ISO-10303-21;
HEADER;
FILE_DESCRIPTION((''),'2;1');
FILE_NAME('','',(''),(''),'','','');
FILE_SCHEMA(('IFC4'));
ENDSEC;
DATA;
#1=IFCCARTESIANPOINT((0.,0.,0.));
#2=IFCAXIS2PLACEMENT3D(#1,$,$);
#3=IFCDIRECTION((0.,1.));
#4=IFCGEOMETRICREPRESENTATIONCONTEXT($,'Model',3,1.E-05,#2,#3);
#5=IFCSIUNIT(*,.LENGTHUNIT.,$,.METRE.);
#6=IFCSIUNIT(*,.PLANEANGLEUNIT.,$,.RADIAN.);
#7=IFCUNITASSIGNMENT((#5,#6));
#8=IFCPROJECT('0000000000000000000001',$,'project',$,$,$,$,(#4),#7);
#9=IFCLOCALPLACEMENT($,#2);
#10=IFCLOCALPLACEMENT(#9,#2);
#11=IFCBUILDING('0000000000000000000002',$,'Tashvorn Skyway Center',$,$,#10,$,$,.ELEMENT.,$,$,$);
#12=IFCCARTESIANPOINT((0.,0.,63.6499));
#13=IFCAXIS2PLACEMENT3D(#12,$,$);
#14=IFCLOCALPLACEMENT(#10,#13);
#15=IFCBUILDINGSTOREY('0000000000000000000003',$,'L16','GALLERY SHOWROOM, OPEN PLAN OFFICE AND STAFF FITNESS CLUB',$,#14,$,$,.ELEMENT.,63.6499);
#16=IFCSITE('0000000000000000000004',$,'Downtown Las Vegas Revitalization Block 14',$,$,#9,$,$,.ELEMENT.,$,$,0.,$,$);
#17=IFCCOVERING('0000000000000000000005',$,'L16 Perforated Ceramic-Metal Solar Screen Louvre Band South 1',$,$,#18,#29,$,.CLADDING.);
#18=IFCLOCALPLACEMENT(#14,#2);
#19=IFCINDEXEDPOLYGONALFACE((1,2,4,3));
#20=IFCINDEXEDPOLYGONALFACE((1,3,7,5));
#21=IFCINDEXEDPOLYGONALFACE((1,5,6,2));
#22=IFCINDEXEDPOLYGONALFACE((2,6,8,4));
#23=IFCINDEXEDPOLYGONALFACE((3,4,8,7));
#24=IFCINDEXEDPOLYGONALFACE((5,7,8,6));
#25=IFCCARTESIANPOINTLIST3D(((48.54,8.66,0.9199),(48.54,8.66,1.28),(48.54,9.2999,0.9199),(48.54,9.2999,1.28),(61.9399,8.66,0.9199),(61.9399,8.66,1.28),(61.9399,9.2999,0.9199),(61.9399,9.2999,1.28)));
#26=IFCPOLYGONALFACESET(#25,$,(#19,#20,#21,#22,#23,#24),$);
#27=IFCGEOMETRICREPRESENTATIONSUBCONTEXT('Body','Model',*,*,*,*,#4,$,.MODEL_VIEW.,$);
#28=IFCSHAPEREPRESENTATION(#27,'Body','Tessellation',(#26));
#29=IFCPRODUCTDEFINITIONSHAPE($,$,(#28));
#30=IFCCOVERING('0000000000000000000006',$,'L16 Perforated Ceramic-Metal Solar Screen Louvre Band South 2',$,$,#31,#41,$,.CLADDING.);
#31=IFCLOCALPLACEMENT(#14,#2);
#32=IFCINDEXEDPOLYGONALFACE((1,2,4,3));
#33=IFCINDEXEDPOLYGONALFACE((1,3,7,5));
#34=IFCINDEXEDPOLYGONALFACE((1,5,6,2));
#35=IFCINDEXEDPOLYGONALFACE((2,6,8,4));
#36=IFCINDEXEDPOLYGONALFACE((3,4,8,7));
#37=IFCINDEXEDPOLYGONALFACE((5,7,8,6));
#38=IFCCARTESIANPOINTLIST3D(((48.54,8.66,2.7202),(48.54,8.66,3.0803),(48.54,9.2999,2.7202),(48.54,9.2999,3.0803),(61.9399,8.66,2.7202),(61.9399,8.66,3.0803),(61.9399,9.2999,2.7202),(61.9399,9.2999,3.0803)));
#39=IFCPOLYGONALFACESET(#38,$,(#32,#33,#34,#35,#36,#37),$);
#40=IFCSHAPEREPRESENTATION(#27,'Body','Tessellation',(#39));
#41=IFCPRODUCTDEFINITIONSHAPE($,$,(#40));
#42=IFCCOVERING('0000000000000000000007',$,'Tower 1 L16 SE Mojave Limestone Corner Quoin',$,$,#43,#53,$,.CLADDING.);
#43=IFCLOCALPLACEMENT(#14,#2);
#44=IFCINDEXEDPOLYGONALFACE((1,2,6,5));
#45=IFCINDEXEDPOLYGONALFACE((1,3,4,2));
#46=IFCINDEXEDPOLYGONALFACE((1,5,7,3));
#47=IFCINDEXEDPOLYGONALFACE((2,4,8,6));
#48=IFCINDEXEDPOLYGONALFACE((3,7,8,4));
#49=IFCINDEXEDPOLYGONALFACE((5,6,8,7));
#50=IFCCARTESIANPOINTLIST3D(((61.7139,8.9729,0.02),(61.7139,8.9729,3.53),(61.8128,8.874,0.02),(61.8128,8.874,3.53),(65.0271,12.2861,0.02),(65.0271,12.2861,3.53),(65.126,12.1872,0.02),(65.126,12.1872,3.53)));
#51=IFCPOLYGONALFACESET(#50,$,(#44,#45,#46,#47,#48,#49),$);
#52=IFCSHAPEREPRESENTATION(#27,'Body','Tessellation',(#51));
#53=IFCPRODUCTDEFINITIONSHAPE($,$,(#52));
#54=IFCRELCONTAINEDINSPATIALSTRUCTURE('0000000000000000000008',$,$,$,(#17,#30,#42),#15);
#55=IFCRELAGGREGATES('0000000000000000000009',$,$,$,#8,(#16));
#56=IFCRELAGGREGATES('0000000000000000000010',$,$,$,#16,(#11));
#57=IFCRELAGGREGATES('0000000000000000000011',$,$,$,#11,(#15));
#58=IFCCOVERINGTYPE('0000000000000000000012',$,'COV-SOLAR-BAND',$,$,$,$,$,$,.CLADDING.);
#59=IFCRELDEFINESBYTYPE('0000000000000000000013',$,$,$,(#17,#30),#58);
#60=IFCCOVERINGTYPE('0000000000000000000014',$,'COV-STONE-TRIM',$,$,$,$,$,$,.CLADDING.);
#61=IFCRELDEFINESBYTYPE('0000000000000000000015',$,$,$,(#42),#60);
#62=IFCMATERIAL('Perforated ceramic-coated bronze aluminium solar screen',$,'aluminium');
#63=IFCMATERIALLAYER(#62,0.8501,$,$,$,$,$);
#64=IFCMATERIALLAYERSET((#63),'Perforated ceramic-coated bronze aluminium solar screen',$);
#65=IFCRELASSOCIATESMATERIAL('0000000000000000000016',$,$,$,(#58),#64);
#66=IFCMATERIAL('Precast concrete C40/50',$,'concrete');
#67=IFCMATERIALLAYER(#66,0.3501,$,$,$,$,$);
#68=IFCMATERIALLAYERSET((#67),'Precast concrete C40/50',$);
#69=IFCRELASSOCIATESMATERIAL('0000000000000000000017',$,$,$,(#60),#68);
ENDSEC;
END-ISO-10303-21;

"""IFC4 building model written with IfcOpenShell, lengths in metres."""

from ifc_helpers import new_model, si_unit, direction, frame, origin, origin_2d, place, context, subcontext, project, spatial, rectangle, extrude, material, layer, layer_set, type_object, element, save


model = new_model("IFC4")

# Units and contexts
model_context = context("Model", 3, precision=1e-05, world=origin(), true_north=direction((0.0, 1.0)))
body_context = subcontext(model_context, "Body", "Model", "MODEL_VIEW")
ifc_project = project(units=[si_unit("LENGTHUNIT", "METRE"), si_unit("PLANEANGLEUNIT", "RADIAN")], contexts=[model_context])

# Site, building, storey
site_placement = place(None, origin())
site = spatial("IfcSite", under=ifc_project, at=site_placement, Name="Downtown Las Vegas Revitalization Block 14", CompositionType="ELEMENT", RefElevation=0.0)
building_placement = place(site_placement, origin())
building = spatial("IfcBuilding", under=site, at=building_placement, Name="Tashvorn Skyway Center", CompositionType="ELEMENT")
storey_placement = place(building_placement, frame((0.0, 0.0, 63.6499)))
storey = spatial("IfcBuildingStorey", under=building, at=storey_placement, Name="L16", Description="GALLERY SHOWROOM, OPEN PLAN OFFICE AND STAFF FITNESS CLUB", CompositionType="ELEMENT", Elevation=63.6499)

# Coverings
ifc_material_1 = material(Name="Precast concrete C40/50", Category="concrete")
ifc_material_2 = material(Name="Perforated ceramic-coated bronze aluminium solar screen", Category="aluminium")
ifc_layer_1 = layer(ifc_material_2, 0.8501)
ifc_layer_set_1 = layer_set([ifc_layer_1], Name="Perforated ceramic-coated bronze aluminium solar screen")
covering_type_1 = type_object("IfcCoveringType", Name="COV-SOLAR-BAND", PredefinedType="CLADDING", material=ifc_layer_set_1)
for number, where, z_axis, x_axis, name in (
    (1, (55.24, 8.98, 0.9199), (0.0, 0.0, 1.0), (-1.0, 0.0, 0.0), "L16 Perforated Ceramic-Metal Solar Screen Louvre Band South 1"),
    (2, (55.24, 8.98, 2.7202), (0.0, 0.0, 1.0), (-1.0, 0.0, 0.0), "L16 Perforated Ceramic-Metal Solar Screen Louvre Band South 2"),
):
    element("IfcCovering", number, at=place(storey_placement, frame(where, z_axis=z_axis, x_axis=x_axis)), inside=storey, type_object=covering_type_1, Name=name, PredefinedType="CLADDING", context=body_context, shape_type="SweptSolid", body=[
        extrude(rectangle(XDim=13.3999, YDim=0.6399, at=origin_2d()), origin(), (0.0, 0.0, 1.0), 0.3601),
    ])
ifc_layer_2 = layer(ifc_material_1, 0.3501)
ifc_layer_set_2 = layer_set([ifc_layer_2], Name="Precast concrete C40/50")
covering_type_2 = type_object("IfcCoveringType", Name="COV-STONE-TRIM", PredefinedType="CLADDING", material=ifc_layer_set_2)
covering_1_placement = place(storey_placement, frame((63.4199, 10.5801, 0.02), z_axis=(0.0, 0.0, 1.0), x_axis=(0.707107, 0.707107, 0.0)))
element("IfcCovering", 3, at=covering_1_placement, inside=storey, type_object=covering_type_2, Name="Tower 1 L16 SE Mojave Limestone Corner Quoin", PredefinedType="CLADDING", context=body_context, shape_type="SweptSolid", body=[
    extrude(rectangle(XDim=4.6855, YDim=0.1399, at=origin_2d()), origin(), (0.0, 0.0, 1.0), 3.51),
])

save(model, "model.ifc")
